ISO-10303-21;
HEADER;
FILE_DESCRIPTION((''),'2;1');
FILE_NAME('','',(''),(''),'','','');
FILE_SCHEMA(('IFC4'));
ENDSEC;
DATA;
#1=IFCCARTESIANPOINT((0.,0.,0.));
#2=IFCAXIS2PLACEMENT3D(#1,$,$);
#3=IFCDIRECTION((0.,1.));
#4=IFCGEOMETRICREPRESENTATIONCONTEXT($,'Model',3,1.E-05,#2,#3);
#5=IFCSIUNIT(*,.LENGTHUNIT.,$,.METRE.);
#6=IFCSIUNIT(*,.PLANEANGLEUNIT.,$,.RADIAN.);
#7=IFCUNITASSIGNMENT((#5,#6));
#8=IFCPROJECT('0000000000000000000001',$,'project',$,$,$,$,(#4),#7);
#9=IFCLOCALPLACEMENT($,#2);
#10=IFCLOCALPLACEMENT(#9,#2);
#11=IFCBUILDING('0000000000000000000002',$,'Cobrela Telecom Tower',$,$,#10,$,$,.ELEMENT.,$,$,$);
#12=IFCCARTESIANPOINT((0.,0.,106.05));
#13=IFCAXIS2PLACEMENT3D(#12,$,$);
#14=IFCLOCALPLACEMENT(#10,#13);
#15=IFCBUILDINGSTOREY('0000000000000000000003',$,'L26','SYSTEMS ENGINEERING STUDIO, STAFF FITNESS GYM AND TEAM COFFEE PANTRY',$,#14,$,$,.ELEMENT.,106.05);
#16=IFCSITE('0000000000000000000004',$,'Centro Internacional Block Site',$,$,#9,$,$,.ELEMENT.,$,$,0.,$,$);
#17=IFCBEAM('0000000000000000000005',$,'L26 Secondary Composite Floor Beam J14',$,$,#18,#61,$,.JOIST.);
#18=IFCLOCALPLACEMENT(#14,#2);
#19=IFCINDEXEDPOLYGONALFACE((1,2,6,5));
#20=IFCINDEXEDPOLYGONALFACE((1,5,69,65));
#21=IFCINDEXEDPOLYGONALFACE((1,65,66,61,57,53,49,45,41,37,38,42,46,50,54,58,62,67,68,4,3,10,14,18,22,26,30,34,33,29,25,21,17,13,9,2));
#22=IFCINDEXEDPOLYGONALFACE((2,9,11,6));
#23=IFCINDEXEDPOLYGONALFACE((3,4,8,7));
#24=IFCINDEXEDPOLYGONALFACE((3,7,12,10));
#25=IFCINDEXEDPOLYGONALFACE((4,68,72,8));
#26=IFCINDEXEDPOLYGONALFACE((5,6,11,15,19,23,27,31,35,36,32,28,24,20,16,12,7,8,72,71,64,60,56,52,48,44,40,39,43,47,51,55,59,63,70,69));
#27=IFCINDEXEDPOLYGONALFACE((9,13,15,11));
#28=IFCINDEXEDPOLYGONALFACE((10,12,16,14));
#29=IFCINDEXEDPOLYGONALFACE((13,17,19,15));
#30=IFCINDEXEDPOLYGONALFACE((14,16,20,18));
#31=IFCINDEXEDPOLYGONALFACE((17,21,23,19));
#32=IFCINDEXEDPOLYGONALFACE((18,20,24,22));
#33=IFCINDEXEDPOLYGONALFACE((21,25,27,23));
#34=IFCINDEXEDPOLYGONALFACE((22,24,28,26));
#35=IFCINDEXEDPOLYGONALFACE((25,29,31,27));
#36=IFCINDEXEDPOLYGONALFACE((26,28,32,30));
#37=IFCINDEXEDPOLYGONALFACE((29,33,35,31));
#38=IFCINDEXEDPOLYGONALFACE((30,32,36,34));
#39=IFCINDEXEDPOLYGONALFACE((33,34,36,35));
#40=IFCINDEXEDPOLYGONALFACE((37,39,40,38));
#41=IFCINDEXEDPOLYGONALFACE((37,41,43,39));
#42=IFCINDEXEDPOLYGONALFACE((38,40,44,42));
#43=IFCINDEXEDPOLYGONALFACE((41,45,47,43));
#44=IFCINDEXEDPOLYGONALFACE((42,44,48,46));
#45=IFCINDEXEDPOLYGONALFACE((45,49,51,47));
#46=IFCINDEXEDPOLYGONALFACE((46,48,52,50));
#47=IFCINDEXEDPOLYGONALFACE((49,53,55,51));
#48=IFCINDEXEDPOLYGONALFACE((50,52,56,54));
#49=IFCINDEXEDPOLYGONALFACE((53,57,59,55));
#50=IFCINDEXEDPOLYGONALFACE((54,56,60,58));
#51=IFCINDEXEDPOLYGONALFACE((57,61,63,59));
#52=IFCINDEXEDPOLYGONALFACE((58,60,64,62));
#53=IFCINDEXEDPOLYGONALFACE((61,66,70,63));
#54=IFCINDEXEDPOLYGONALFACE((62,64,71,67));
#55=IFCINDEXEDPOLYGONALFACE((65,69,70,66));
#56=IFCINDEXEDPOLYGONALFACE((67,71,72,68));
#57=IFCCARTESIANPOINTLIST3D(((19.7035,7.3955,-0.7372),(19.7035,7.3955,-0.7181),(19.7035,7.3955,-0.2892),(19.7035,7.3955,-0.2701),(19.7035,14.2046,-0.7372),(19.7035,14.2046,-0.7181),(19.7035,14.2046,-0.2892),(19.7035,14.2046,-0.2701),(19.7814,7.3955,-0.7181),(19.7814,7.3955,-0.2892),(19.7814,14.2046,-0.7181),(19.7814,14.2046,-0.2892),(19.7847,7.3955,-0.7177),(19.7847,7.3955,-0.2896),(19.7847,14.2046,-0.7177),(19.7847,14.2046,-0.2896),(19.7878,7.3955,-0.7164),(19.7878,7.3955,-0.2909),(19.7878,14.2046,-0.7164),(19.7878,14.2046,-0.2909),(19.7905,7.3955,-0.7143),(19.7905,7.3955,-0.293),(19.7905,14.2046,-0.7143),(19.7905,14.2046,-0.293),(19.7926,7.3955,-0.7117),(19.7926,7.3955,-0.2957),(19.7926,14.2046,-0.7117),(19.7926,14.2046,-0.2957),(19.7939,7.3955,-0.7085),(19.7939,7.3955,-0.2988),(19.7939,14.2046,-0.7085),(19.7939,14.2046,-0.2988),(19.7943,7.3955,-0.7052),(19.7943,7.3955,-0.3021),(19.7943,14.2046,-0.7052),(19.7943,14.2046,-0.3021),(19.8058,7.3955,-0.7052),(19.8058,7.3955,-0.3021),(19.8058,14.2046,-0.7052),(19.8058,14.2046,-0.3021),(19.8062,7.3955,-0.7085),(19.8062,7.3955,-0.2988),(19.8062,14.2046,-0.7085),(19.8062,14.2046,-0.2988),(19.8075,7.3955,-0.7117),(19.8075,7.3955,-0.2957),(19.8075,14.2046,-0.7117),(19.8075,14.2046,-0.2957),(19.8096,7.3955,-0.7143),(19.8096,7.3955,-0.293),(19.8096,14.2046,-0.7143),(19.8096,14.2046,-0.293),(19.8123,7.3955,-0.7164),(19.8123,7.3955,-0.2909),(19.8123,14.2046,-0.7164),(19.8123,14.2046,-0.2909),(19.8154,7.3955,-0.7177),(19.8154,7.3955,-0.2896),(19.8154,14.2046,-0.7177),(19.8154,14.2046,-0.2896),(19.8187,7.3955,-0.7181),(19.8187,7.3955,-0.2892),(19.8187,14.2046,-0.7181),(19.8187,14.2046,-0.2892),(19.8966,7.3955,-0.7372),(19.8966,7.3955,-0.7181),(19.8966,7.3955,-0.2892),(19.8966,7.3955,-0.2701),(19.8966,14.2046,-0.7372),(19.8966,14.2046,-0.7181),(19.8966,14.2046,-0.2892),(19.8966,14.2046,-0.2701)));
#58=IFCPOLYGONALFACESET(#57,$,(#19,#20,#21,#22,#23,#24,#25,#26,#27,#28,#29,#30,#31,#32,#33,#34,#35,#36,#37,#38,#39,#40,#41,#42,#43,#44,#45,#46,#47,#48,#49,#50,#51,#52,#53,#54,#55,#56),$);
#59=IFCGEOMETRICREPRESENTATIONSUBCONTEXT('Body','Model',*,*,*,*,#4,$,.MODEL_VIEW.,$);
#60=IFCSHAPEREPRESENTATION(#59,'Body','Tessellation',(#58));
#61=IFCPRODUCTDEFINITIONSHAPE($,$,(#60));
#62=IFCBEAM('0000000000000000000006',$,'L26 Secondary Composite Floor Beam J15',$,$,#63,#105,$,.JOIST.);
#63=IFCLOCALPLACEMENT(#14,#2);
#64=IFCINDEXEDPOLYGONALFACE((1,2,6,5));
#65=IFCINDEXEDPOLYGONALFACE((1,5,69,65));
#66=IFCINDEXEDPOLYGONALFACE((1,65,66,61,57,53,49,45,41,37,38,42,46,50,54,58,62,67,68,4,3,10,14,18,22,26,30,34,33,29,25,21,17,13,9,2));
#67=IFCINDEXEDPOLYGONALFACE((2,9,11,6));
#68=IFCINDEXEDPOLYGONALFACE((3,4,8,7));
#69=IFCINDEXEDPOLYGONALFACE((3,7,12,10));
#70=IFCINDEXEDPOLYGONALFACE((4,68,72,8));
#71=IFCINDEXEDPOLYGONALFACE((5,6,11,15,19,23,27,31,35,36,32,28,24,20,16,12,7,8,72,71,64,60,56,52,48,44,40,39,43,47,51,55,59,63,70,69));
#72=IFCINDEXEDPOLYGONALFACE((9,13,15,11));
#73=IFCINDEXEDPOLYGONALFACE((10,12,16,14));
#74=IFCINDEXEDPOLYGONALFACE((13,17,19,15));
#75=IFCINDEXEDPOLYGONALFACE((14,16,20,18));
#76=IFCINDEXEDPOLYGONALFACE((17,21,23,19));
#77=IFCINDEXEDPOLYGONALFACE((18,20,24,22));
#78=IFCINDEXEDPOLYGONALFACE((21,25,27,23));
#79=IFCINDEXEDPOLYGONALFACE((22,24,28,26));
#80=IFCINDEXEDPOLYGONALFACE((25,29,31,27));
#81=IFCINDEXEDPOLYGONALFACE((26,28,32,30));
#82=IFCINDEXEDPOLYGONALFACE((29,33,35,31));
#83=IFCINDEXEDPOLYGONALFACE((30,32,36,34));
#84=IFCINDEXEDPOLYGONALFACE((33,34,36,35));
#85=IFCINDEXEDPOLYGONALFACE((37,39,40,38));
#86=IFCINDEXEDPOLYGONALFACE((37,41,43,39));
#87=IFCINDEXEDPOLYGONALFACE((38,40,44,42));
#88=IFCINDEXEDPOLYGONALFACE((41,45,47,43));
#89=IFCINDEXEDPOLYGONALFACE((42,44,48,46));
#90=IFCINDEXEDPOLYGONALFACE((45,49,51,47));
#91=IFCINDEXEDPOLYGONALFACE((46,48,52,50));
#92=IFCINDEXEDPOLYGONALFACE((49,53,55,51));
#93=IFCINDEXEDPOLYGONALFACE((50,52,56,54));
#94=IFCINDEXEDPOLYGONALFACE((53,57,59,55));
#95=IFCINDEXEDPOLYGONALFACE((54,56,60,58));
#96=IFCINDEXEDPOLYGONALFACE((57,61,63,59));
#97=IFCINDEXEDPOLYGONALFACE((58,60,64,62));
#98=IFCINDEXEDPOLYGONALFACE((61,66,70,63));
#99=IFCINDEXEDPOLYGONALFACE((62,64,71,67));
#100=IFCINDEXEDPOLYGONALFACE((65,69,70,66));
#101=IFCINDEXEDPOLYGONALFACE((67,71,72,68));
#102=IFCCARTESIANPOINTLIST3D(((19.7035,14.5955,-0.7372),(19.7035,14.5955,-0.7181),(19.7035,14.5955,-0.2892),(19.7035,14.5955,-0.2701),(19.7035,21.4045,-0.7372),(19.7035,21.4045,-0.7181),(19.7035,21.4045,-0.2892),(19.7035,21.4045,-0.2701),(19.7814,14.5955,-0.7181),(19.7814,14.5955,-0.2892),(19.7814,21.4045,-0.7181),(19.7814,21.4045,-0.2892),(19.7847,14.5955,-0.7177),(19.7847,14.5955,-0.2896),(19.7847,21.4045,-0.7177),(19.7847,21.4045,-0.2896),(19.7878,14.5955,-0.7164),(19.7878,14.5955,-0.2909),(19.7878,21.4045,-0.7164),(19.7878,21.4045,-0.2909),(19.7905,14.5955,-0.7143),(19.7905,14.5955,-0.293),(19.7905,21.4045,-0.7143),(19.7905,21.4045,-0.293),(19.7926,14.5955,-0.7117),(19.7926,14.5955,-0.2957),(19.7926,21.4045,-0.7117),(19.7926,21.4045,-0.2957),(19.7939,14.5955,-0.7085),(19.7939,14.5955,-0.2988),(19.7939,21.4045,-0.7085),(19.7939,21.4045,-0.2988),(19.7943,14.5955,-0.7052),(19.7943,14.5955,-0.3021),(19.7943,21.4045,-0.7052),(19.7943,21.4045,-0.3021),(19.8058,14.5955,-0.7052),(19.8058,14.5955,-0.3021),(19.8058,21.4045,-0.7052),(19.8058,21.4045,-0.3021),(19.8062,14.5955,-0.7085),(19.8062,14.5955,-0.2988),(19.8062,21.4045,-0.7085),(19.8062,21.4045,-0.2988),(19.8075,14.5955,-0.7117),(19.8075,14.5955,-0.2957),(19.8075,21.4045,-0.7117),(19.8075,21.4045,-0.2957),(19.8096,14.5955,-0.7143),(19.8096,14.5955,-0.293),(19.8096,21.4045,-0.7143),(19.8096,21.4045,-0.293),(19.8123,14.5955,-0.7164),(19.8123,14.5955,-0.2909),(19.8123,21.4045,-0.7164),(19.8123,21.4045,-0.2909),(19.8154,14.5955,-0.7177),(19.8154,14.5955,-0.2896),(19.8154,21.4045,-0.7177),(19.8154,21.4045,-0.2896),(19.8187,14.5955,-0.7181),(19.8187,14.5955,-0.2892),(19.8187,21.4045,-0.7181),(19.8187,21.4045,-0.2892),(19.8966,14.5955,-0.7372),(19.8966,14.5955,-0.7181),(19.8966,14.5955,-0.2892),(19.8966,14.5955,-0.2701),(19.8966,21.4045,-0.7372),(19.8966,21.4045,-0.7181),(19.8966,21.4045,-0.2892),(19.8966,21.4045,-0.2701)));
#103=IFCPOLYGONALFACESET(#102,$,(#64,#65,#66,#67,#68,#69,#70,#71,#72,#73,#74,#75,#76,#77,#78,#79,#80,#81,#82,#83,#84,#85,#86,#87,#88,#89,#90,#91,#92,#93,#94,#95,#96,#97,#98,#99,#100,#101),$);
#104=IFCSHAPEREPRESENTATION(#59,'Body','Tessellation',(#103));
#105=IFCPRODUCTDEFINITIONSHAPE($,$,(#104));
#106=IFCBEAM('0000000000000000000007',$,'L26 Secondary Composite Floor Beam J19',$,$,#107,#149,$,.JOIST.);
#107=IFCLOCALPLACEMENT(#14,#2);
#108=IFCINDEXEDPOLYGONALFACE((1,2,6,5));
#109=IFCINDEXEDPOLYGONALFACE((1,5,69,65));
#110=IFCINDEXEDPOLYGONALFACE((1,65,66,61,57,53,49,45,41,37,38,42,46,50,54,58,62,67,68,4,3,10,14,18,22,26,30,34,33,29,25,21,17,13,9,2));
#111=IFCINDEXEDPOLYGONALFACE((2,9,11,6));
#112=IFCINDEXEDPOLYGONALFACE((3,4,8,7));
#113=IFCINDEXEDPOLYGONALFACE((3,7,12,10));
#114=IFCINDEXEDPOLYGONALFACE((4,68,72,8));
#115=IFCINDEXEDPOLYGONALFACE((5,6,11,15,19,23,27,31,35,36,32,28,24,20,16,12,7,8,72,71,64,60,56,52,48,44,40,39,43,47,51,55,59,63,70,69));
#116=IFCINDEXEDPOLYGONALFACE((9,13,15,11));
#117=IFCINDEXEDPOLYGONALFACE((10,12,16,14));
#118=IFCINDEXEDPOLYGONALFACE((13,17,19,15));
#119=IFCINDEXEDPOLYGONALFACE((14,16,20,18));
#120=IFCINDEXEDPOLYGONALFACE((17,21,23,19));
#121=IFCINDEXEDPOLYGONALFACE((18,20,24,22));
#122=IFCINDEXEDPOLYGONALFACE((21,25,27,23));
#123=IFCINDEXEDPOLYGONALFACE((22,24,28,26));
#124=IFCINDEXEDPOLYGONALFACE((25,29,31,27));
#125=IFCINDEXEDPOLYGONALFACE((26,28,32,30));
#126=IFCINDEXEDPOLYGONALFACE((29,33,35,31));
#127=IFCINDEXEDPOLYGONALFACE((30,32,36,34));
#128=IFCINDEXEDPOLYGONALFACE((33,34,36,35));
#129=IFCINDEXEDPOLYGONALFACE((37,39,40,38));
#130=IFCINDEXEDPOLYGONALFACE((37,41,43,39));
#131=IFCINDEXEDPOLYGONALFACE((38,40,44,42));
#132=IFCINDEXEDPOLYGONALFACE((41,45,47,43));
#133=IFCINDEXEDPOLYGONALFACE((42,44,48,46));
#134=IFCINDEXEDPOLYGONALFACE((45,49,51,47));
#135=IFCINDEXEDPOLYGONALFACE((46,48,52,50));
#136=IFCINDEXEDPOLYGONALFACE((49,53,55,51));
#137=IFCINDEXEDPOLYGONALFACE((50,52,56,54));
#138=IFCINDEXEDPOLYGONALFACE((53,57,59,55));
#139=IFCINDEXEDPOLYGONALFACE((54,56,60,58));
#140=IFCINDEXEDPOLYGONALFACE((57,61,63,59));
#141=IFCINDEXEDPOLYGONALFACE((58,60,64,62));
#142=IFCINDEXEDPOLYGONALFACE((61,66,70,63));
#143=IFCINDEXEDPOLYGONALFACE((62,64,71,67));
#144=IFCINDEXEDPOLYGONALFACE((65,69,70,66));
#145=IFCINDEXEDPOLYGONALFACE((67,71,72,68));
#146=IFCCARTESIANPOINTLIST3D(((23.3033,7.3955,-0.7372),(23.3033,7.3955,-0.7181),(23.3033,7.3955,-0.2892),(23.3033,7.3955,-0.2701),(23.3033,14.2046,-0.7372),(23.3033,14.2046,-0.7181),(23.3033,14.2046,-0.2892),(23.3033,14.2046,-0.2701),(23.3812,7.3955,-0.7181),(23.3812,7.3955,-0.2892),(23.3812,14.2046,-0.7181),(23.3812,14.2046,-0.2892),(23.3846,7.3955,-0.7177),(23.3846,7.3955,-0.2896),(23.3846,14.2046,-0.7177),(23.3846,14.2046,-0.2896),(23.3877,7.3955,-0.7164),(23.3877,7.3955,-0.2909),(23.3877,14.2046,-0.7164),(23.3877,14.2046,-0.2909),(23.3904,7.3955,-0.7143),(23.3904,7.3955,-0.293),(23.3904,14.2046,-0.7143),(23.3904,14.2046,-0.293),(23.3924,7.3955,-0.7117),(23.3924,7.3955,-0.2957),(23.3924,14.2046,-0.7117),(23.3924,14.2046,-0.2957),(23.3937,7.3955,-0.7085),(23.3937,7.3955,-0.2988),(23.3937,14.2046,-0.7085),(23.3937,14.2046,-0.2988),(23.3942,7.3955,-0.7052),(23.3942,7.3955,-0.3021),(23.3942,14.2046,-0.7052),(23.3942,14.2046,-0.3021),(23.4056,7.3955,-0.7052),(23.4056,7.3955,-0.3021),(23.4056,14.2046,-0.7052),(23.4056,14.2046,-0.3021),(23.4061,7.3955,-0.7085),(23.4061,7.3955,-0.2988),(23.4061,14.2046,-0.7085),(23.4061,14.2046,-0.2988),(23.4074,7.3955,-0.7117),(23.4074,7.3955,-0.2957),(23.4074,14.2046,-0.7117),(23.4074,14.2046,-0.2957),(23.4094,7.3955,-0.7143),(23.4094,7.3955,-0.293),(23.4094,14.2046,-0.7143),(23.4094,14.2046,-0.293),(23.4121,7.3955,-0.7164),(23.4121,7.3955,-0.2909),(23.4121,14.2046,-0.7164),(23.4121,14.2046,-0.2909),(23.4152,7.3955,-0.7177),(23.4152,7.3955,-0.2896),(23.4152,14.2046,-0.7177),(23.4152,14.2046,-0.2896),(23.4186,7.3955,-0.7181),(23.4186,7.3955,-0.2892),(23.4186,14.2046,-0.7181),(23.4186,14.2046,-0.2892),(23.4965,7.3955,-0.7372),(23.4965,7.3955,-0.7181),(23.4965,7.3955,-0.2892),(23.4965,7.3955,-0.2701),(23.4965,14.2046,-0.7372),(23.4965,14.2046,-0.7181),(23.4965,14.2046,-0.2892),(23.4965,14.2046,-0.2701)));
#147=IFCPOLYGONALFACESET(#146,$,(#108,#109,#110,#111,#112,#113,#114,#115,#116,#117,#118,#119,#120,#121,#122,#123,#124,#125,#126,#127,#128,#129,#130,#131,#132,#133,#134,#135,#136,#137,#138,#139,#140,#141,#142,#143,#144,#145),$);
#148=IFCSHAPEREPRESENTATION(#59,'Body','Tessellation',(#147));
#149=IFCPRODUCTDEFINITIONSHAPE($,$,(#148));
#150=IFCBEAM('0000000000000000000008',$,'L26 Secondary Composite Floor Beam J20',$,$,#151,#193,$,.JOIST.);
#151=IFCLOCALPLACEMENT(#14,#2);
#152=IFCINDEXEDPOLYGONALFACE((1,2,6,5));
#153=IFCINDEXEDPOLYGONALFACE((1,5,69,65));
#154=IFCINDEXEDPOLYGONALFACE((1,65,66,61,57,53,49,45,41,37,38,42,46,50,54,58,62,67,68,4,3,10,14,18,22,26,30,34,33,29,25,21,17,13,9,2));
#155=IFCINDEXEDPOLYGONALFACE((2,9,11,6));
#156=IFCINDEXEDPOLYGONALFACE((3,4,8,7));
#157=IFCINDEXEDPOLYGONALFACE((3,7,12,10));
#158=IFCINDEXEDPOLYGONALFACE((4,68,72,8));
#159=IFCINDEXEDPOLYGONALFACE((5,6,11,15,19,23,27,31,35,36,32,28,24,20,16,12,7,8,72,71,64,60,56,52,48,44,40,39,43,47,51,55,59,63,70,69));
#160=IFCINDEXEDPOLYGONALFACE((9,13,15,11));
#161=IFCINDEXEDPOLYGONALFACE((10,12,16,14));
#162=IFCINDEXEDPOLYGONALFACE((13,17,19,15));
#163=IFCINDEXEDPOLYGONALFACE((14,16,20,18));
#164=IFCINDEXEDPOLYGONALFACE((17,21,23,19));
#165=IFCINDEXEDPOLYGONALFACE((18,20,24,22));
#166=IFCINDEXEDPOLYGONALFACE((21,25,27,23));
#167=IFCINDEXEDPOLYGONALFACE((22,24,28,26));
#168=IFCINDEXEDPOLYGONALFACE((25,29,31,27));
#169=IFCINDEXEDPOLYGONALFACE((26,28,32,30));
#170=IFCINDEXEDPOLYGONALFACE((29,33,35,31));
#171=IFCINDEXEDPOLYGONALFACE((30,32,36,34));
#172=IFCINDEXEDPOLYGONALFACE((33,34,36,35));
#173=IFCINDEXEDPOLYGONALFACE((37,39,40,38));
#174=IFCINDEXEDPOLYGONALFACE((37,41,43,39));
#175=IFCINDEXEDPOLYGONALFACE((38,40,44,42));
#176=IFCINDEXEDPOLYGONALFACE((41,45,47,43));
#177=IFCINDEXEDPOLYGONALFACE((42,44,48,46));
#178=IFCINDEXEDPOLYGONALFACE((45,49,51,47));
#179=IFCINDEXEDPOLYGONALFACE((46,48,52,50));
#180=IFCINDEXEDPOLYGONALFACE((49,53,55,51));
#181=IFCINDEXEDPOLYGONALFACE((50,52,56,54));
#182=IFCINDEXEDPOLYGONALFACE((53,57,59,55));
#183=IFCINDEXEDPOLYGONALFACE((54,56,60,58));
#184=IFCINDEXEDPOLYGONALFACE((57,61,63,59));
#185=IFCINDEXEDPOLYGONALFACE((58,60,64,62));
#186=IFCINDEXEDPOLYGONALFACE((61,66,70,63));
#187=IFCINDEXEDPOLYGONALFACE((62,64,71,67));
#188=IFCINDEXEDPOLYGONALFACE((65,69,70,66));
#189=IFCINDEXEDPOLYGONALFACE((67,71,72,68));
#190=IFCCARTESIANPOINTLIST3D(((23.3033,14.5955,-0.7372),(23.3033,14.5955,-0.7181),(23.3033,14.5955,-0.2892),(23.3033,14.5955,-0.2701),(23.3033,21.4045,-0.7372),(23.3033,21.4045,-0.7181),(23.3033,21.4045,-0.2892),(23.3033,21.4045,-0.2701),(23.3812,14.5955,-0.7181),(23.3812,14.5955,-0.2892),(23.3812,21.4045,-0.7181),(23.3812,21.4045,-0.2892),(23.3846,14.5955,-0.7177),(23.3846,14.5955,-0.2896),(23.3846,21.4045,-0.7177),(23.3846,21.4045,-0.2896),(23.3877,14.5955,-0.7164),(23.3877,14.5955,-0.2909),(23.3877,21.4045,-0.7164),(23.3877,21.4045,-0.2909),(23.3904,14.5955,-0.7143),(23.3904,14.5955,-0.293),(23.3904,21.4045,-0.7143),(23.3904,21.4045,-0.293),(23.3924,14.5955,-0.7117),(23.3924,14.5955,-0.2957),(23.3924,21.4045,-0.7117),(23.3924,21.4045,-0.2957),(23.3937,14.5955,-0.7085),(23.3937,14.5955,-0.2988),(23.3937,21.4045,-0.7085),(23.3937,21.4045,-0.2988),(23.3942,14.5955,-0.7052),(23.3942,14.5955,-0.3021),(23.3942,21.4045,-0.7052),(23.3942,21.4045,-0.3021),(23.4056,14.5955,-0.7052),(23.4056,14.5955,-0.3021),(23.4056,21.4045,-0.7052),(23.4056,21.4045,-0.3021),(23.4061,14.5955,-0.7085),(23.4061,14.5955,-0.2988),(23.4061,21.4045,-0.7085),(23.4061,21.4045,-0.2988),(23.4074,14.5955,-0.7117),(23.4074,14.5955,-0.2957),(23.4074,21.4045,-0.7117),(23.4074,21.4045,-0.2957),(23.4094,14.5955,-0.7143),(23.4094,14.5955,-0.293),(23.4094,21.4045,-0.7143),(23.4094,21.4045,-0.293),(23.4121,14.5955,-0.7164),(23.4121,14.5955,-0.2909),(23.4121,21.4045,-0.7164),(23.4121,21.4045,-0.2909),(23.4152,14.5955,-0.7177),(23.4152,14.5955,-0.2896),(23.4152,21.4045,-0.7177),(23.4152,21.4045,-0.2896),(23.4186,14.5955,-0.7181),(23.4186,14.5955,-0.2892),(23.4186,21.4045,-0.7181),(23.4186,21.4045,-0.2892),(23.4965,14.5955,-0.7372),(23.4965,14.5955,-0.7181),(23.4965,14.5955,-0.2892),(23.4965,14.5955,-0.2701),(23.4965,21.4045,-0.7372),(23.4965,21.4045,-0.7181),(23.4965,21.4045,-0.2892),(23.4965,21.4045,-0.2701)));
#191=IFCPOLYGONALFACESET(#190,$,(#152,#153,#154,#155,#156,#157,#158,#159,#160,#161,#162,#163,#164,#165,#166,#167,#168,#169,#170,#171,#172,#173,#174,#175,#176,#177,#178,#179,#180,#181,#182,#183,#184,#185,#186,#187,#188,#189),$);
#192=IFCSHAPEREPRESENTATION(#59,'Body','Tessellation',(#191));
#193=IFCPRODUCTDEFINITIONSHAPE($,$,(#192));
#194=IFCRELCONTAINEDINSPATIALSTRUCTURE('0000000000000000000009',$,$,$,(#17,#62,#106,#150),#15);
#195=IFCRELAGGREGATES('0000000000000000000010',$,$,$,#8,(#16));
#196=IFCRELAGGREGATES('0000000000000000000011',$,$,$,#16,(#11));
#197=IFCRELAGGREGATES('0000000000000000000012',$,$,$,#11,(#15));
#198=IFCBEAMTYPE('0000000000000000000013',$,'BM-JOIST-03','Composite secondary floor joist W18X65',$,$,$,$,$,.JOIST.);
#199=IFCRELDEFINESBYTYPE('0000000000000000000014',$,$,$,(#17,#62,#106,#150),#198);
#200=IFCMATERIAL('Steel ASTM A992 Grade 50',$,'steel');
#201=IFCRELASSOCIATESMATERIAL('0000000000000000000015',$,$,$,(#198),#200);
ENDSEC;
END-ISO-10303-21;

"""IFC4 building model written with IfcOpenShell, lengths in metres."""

from ifc_helpers import new_model, si_unit, direction, frame, origin, origin_2d, place, context, subcontext, project, spatial, i_section, extrude, material, material_profile, profile_set, type_object, element, save


model = new_model("IFC4")

# Units and contexts
model_context = context("Model", 3, precision=1e-05, world=origin(), true_north=direction((0.0, 1.0)))
body_context = subcontext(model_context, "Body", "Model", "MODEL_VIEW")
ifc_project = project(units=[si_unit("LENGTHUNIT", "METRE"), si_unit("PLANEANGLEUNIT", "RADIAN")], contexts=[model_context])

# Site, building, storey
site_placement = place(None, origin())
site = spatial("IfcSite", under=ifc_project, at=site_placement, Name="Centro Internacional Block Site", CompositionType="ELEMENT", RefElevation=0.0)
building_placement = place(site_placement, origin())
building = spatial("IfcBuilding", under=site, at=building_placement, Name="Cobrela Telecom Tower", CompositionType="ELEMENT")
storey_placement = place(building_placement, frame((0.0, 0.0, 106.05)))
storey = spatial("IfcBuildingStorey", under=building, at=storey_placement, Name="L26", Description="SYSTEMS ENGINEERING STUDIO, STAFF FITNESS GYM AND TEAM COFFEE PANTRY", CompositionType="ELEMENT", Elevation=106.05)

# Shared definitions
ifc_material_1 = material(Name="Steel ASTM A992 Grade 50", Category="steel")

# Beams
ifc_material_profile_1 = material_profile(ifc_material_1, i_section(OverallWidth=0.1931, OverallDepth=0.467, WebThickness=0.0115, FlangeThickness=0.019, FilletRadius=0.0129, at=origin_2d()), Name="W18X65")
ifc_profile_set_1 = profile_set([ifc_material_profile_1], Name="Steel ASTM A992 Grade 50")
beam_type_1 = type_object("IfcBeamType", Name="BM-JOIST-03", Description="Composite secondary floor joist W18X65", PredefinedType="JOIST", material=ifc_profile_set_1)
for number, where, z_axis, x_axis, name in (
    (1, (19.8, 7.3955, -0.5037), (0.0, 1.0, 0.0), (-1.0, 0.0, 0.0), "L26 Secondary Composite Floor Beam J14"),
    (2, (19.8, 14.5955, -0.5037), (0.0, 1.0, 0.0), (-1.0, 0.0, 0.0), "L26 Secondary Composite Floor Beam J15"),
    (3, (23.3999, 7.3955, -0.5037), (0.0, 1.0, 0.0), (-1.0, 0.0, 0.0), "L26 Secondary Composite Floor Beam J19"),
    (4, (23.3999, 14.5955, -0.5037), (0.0, 1.0, 0.0), (-1.0, 0.0, 0.0), "L26 Secondary Composite Floor Beam J20"),
):
    element("IfcBeam", number, at=place(storey_placement, frame(where, z_axis=z_axis, x_axis=x_axis)), inside=storey, type_object=beam_type_1, Name=name, PredefinedType="JOIST", context=body_context, shape_type="SweptSolid", body=[
        extrude(i_section(OverallWidth=0.1931, OverallDepth=0.467, WebThickness=0.0115, FlangeThickness=0.019, FilletRadius=0.0129, at=origin_2d()), origin(), (0.0, 0.0, 1.0), 6.8091),
    ])

save(model, "model.ifc")
